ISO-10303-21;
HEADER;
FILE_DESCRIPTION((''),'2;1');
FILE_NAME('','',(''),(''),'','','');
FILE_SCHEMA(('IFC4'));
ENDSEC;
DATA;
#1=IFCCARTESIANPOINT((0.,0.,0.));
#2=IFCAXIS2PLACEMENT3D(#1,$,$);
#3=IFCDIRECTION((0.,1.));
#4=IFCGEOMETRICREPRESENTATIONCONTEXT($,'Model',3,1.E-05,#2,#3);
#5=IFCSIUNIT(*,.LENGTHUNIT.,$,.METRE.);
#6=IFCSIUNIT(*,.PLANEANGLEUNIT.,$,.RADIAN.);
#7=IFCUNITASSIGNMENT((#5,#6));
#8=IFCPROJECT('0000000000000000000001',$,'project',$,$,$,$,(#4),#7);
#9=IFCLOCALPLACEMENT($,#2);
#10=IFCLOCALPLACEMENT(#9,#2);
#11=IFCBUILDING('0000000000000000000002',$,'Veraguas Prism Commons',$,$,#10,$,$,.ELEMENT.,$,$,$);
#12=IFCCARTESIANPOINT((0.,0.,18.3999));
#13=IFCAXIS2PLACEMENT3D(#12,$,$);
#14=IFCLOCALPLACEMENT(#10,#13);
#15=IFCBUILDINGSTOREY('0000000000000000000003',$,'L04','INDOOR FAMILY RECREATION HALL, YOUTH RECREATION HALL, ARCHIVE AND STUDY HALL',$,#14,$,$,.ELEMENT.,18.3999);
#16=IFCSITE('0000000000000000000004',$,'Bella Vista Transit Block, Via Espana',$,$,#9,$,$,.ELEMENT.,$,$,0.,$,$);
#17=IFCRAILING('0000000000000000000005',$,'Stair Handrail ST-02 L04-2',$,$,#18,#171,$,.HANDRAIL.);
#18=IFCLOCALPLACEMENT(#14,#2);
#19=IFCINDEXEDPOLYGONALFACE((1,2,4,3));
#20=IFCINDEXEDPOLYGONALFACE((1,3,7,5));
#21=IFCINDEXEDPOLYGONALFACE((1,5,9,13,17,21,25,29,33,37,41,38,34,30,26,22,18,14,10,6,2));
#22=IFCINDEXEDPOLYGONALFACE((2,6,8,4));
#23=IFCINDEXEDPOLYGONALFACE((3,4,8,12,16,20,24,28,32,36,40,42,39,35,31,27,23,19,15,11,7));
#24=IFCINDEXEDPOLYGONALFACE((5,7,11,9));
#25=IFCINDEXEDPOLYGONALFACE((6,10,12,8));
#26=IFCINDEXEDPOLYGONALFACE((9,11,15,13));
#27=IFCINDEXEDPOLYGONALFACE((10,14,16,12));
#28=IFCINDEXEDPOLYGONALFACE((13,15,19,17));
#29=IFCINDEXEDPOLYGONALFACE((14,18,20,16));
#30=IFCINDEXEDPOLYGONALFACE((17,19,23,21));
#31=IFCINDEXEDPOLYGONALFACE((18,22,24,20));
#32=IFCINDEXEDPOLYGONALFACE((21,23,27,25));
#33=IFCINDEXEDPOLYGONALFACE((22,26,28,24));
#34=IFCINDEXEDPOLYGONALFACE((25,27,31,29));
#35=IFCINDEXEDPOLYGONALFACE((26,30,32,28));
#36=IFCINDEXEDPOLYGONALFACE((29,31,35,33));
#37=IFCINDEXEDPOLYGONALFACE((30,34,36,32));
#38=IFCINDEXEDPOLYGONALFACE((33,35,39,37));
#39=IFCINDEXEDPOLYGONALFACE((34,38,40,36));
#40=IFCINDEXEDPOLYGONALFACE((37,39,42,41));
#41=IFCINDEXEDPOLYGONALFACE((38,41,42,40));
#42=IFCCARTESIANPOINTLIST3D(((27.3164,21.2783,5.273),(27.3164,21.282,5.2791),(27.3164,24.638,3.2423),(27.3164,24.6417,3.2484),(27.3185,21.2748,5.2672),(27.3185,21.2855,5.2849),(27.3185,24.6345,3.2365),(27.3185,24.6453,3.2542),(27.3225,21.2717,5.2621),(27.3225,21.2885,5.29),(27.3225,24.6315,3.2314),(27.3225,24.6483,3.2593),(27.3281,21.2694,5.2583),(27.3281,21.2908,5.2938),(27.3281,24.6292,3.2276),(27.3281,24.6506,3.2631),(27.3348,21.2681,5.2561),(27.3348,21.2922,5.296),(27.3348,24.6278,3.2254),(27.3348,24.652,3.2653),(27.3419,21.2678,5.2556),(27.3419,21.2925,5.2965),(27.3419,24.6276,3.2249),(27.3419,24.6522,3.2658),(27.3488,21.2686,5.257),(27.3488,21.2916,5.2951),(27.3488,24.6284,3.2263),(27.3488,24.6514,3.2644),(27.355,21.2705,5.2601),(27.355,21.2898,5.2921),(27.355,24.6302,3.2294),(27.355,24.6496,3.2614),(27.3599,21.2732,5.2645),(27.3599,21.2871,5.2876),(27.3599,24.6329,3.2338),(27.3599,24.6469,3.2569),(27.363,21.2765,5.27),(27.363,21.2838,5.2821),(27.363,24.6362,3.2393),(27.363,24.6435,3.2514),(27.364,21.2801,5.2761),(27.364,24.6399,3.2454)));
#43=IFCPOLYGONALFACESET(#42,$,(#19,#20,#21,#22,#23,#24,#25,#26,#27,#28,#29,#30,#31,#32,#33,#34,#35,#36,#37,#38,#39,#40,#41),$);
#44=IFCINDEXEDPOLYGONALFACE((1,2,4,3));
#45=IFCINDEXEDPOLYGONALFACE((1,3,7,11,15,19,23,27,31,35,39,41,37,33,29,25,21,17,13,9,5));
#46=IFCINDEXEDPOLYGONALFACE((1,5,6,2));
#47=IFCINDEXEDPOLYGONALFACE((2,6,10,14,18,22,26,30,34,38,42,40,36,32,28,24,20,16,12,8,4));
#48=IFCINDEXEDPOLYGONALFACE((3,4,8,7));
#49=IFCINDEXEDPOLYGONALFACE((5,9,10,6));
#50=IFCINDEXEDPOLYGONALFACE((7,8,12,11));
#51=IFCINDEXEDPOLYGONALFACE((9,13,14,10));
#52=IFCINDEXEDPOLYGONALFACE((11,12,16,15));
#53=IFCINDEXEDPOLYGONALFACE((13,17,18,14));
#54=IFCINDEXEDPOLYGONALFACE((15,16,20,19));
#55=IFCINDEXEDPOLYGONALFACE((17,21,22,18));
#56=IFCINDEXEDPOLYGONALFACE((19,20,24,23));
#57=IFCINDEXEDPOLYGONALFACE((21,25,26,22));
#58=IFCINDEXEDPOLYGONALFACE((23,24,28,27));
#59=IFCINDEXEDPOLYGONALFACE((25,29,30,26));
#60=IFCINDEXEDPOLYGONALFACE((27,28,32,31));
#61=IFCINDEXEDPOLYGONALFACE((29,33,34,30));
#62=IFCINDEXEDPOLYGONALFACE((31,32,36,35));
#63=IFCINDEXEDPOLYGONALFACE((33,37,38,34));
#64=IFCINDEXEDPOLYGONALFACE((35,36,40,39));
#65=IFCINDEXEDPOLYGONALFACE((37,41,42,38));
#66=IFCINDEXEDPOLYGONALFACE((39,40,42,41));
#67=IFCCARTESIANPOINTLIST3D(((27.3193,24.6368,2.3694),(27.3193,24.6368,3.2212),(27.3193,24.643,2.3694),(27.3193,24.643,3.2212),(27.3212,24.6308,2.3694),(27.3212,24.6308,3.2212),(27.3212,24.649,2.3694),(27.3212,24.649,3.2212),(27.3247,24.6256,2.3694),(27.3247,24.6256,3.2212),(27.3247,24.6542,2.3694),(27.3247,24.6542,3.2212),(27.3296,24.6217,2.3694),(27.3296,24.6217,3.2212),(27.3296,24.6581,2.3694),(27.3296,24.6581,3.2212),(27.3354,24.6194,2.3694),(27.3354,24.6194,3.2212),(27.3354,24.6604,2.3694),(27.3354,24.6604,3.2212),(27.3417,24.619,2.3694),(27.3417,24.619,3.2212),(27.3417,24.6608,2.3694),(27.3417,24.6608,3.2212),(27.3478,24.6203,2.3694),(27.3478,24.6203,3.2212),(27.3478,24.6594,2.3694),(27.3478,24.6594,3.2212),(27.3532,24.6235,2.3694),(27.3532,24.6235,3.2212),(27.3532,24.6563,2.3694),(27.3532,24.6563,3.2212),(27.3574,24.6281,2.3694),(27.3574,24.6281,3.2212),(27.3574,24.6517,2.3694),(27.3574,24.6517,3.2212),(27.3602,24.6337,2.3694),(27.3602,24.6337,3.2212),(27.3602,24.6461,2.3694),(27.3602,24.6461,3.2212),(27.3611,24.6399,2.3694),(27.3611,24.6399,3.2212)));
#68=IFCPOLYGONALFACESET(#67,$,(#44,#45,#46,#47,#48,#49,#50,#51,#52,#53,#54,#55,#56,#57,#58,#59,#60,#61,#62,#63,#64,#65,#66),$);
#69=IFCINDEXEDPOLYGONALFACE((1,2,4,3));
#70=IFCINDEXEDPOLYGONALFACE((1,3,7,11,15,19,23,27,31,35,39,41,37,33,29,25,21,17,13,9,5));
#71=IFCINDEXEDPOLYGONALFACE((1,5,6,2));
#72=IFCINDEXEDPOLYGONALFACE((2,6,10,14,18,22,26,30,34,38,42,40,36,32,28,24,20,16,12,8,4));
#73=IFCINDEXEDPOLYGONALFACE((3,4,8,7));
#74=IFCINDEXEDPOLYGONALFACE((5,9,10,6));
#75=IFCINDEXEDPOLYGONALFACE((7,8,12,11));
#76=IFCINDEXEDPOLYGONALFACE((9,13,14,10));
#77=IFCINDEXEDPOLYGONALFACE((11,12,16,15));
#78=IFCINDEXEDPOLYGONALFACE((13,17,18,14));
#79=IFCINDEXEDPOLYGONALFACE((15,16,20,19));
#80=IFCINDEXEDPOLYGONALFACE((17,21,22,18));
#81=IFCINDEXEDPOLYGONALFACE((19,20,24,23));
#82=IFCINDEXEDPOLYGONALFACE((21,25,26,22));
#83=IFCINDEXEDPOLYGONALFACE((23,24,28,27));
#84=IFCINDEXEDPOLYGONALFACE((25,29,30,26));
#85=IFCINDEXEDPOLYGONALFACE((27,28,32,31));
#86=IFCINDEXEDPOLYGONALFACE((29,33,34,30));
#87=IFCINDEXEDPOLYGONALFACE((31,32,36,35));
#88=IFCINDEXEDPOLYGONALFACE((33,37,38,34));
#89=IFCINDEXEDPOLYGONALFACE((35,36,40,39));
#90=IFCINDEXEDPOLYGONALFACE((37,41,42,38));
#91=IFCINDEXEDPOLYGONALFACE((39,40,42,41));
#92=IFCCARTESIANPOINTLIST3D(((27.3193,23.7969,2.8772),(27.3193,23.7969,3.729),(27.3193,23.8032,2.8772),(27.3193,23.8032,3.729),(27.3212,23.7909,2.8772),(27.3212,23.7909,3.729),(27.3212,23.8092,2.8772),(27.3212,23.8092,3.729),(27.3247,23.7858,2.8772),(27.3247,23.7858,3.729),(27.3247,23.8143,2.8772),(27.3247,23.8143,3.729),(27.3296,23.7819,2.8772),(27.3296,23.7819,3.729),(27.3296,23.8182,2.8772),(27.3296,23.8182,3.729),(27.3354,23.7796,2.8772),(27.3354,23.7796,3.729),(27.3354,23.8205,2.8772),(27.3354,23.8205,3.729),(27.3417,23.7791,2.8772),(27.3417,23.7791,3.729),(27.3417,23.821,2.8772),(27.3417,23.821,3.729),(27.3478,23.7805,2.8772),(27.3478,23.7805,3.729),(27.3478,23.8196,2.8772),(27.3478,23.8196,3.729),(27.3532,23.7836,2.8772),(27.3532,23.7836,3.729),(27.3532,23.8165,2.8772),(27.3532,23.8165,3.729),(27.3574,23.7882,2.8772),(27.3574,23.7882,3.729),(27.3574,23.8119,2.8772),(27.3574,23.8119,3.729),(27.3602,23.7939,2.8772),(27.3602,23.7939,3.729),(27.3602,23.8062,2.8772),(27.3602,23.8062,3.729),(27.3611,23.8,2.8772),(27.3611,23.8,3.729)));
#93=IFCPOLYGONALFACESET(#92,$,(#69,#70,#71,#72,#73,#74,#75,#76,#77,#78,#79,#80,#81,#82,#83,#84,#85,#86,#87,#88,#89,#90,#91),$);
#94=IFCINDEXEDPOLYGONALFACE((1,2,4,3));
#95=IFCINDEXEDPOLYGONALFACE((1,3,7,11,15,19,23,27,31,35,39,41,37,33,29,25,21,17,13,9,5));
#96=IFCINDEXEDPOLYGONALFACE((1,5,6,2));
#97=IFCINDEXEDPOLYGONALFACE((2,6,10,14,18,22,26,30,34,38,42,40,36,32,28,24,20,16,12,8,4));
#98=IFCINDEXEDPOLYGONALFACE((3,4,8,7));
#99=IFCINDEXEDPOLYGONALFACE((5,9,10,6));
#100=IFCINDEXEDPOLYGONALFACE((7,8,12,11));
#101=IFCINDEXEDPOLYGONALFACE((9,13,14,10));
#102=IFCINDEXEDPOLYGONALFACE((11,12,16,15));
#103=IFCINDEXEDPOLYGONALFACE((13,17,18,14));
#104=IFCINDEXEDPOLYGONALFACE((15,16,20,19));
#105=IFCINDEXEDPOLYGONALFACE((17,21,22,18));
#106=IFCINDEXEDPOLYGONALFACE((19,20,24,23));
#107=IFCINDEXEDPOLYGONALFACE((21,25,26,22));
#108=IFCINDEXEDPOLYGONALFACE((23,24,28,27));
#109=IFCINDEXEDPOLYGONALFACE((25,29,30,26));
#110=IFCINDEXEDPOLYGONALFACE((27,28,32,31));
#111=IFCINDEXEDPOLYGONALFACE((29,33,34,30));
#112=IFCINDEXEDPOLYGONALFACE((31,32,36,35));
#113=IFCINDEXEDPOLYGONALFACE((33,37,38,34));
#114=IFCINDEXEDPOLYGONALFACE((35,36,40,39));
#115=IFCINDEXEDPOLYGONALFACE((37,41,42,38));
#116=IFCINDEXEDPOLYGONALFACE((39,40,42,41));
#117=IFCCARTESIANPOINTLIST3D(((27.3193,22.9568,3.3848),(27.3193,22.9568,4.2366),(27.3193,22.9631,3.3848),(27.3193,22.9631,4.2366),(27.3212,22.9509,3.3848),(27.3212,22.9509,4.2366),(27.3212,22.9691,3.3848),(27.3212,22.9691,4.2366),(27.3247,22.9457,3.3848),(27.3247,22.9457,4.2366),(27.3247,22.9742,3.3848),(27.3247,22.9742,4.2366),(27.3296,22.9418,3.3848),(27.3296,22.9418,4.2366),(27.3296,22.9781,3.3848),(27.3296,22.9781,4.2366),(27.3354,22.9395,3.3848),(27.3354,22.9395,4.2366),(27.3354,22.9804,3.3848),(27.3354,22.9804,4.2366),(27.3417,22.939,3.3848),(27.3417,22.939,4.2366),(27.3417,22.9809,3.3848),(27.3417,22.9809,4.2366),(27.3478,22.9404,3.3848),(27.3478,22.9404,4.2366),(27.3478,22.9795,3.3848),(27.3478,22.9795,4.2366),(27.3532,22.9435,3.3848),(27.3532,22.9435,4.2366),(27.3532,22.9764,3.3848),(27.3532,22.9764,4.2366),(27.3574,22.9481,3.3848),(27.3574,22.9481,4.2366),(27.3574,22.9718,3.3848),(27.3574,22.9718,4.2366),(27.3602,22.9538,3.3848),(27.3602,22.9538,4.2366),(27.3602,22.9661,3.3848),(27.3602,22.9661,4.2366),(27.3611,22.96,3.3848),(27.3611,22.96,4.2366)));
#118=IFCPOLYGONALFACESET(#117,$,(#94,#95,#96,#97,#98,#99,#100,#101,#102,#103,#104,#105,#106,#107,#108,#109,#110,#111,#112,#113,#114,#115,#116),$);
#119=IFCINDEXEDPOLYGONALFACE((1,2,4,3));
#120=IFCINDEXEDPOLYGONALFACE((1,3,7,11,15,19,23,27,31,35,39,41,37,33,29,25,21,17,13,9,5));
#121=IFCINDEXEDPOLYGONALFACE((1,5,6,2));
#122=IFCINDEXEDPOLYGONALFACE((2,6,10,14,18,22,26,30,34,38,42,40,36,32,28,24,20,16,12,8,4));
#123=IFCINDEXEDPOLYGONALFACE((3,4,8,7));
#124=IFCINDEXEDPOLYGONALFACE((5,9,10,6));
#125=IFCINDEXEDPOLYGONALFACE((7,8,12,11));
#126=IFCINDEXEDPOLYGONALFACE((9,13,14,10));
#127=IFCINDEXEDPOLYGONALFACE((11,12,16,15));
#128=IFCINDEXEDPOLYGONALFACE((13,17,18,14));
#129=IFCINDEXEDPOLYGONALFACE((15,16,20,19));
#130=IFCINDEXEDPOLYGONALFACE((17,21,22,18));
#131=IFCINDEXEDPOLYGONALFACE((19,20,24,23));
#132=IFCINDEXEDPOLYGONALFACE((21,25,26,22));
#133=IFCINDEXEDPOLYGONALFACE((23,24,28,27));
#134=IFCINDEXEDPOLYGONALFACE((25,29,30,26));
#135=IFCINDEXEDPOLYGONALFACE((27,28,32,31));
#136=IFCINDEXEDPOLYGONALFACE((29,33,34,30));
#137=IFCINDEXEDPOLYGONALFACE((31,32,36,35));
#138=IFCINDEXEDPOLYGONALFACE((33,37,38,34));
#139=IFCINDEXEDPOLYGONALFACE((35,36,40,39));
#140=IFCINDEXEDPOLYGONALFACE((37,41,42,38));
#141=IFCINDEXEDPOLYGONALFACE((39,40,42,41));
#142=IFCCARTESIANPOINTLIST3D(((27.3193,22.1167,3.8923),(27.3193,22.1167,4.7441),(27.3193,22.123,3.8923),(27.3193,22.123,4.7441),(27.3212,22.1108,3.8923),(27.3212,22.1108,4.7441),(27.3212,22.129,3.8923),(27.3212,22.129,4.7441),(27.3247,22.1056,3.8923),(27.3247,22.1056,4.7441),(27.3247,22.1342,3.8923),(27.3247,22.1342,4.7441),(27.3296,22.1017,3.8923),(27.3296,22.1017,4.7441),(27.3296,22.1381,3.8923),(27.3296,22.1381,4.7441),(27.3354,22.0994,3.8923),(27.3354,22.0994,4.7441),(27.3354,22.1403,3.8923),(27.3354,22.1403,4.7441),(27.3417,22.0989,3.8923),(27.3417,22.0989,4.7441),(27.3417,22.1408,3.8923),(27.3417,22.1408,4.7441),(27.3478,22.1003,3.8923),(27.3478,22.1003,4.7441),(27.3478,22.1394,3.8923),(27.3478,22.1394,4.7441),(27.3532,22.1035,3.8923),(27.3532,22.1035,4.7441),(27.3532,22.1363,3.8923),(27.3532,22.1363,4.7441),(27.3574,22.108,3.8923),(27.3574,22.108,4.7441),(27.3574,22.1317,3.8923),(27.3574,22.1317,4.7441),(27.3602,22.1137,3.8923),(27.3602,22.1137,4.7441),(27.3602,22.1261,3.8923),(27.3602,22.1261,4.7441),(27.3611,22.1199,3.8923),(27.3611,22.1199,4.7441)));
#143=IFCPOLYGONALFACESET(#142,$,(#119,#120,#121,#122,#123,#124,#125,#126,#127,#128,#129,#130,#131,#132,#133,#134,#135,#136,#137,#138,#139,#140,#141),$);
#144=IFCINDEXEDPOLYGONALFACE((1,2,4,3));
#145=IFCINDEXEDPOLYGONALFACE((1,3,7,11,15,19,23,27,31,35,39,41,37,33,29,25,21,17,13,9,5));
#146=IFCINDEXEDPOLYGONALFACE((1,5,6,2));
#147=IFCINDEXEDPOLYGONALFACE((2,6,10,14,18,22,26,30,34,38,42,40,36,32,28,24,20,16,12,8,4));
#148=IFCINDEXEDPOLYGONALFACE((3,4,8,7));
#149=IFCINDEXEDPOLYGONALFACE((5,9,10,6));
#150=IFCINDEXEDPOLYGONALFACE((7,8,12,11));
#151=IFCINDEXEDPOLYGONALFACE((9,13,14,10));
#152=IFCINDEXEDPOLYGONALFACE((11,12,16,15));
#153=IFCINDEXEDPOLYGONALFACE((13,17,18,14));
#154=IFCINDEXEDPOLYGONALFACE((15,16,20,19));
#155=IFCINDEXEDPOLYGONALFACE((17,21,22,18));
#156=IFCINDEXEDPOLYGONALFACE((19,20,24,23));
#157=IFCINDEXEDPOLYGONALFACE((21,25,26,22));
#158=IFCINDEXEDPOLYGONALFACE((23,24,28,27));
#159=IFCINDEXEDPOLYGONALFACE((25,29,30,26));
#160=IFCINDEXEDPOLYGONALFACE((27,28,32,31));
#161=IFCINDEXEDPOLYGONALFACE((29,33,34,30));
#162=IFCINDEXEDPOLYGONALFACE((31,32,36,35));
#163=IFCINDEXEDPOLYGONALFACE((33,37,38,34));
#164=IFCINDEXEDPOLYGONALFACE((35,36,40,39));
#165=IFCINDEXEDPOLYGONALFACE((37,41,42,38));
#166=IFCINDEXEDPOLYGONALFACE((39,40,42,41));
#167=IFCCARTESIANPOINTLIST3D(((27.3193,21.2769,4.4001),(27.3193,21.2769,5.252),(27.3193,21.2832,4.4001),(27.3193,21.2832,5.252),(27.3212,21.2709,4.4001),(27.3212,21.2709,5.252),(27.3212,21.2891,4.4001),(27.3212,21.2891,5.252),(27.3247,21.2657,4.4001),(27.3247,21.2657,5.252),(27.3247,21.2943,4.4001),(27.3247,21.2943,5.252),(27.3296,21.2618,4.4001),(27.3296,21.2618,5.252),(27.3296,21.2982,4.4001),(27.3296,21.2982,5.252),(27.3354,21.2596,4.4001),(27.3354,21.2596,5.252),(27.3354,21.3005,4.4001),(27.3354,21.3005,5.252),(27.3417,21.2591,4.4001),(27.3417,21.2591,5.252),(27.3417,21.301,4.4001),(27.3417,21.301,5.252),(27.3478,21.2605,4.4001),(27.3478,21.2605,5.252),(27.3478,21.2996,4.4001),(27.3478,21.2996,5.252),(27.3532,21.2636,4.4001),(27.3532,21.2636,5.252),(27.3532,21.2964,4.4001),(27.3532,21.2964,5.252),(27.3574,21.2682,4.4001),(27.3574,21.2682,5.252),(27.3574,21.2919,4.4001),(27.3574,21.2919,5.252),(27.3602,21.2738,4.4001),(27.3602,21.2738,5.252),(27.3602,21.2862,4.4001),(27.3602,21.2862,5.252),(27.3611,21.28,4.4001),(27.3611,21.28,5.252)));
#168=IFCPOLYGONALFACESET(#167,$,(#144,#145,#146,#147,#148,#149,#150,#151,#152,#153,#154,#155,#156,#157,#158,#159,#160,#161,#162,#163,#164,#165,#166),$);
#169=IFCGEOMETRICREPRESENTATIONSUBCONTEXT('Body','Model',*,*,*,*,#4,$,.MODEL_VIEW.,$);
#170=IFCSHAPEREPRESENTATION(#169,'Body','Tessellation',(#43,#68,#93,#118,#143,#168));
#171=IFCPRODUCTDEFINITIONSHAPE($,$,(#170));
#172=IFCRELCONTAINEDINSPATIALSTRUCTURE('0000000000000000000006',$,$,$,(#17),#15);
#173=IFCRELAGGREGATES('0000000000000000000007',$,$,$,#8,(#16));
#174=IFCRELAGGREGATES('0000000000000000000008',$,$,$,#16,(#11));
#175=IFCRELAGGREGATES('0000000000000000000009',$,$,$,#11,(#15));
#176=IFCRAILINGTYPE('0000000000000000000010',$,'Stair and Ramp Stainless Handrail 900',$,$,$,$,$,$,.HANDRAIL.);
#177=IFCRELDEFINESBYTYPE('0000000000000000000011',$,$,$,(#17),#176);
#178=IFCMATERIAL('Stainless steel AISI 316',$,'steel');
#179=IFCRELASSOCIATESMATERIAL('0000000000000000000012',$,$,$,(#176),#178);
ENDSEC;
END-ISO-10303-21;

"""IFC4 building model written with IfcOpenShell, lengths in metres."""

from ifc_helpers import new_model, si_unit, direction, frame, origin, origin_2d, place, context, subcontext, project, spatial, circle, extrude, material, type_object, element, save


model = new_model("IFC4")

# Units and contexts
model_context = context("Model", 3, precision=1e-05, world=origin(), true_north=direction((0.0, 1.0)))
body_context = subcontext(model_context, "Body", "Model", "MODEL_VIEW")
ifc_project = project(units=[si_unit("LENGTHUNIT", "METRE"), si_unit("PLANEANGLEUNIT", "RADIAN")], contexts=[model_context])

# Site, building, storey
site_placement = place(None, origin())
site = spatial("IfcSite", under=ifc_project, at=site_placement, Name="Bella Vista Transit Block, Via Espana", CompositionType="ELEMENT", RefElevation=0.0)
building_placement = place(site_placement, origin())
building = spatial("IfcBuilding", under=site, at=building_placement, Name="Veraguas Prism Commons", CompositionType="ELEMENT")
storey_placement = place(building_placement, frame((0.0, 0.0, 18.3999)))
storey = spatial("IfcBuildingStorey", under=building, at=storey_placement, Name="L04", Description="INDOOR FAMILY RECREATION HALL, YOUTH RECREATION HALL, ARCHIVE AND STUDY HALL", CompositionType="ELEMENT", Elevation=18.3999)

# Railing
ifc_material_1 = material(Name="Stainless steel AISI 316", Category="steel")
railing_type_1 = type_object("IfcRailingType", Name="Stair and Ramp Stainless Handrail 900", PredefinedType="HANDRAIL", material=ifc_material_1)
railing_1_placement = place(storey_placement, frame((27.3401, 24.6399, 2.3694)))
element("IfcRailing", 1, at=railing_1_placement, inside=storey, type_object=railing_type_1, Name="Stair Handrail ST-02 L04-2", PredefinedType="HANDRAIL", context=body_context, shape_type="SweptSolid", body=[
    extrude(circle(Radius=0.0239, at=origin_2d()), frame((0.0, 0.0, 0.876), z_axis=(0.0, -0.85582, 0.517273), x_axis=(1.0, 0.0, 0.0)), (0.0, 0.0, 1.0), 3.9258),
    extrude(circle(Radius=0.021, at=origin_2d()), origin(), (0.0, 0.0, 1.0), 0.8518),
    extrude(circle(Radius=0.021, at=origin_2d()), frame((0.0, -0.8398, 0.5078)), (0.0, 0.0, 1.0), 0.8518),
    extrude(circle(Radius=0.021, at=origin_2d()), frame((0.0, -1.6799, 1.0154)), (0.0, 0.0, 1.0), 0.8518),
    extrude(circle(Radius=0.021, at=origin_2d()), frame((0.0, -2.52, 1.5229)), (0.0, 0.0, 1.0), 0.8518),
    extrude(circle(Radius=0.021, at=origin_2d()), frame((0.0, -3.3599, 2.0308)), (0.0, 0.0, 1.0), 0.8518),
])

save(model, "model.ifc")
